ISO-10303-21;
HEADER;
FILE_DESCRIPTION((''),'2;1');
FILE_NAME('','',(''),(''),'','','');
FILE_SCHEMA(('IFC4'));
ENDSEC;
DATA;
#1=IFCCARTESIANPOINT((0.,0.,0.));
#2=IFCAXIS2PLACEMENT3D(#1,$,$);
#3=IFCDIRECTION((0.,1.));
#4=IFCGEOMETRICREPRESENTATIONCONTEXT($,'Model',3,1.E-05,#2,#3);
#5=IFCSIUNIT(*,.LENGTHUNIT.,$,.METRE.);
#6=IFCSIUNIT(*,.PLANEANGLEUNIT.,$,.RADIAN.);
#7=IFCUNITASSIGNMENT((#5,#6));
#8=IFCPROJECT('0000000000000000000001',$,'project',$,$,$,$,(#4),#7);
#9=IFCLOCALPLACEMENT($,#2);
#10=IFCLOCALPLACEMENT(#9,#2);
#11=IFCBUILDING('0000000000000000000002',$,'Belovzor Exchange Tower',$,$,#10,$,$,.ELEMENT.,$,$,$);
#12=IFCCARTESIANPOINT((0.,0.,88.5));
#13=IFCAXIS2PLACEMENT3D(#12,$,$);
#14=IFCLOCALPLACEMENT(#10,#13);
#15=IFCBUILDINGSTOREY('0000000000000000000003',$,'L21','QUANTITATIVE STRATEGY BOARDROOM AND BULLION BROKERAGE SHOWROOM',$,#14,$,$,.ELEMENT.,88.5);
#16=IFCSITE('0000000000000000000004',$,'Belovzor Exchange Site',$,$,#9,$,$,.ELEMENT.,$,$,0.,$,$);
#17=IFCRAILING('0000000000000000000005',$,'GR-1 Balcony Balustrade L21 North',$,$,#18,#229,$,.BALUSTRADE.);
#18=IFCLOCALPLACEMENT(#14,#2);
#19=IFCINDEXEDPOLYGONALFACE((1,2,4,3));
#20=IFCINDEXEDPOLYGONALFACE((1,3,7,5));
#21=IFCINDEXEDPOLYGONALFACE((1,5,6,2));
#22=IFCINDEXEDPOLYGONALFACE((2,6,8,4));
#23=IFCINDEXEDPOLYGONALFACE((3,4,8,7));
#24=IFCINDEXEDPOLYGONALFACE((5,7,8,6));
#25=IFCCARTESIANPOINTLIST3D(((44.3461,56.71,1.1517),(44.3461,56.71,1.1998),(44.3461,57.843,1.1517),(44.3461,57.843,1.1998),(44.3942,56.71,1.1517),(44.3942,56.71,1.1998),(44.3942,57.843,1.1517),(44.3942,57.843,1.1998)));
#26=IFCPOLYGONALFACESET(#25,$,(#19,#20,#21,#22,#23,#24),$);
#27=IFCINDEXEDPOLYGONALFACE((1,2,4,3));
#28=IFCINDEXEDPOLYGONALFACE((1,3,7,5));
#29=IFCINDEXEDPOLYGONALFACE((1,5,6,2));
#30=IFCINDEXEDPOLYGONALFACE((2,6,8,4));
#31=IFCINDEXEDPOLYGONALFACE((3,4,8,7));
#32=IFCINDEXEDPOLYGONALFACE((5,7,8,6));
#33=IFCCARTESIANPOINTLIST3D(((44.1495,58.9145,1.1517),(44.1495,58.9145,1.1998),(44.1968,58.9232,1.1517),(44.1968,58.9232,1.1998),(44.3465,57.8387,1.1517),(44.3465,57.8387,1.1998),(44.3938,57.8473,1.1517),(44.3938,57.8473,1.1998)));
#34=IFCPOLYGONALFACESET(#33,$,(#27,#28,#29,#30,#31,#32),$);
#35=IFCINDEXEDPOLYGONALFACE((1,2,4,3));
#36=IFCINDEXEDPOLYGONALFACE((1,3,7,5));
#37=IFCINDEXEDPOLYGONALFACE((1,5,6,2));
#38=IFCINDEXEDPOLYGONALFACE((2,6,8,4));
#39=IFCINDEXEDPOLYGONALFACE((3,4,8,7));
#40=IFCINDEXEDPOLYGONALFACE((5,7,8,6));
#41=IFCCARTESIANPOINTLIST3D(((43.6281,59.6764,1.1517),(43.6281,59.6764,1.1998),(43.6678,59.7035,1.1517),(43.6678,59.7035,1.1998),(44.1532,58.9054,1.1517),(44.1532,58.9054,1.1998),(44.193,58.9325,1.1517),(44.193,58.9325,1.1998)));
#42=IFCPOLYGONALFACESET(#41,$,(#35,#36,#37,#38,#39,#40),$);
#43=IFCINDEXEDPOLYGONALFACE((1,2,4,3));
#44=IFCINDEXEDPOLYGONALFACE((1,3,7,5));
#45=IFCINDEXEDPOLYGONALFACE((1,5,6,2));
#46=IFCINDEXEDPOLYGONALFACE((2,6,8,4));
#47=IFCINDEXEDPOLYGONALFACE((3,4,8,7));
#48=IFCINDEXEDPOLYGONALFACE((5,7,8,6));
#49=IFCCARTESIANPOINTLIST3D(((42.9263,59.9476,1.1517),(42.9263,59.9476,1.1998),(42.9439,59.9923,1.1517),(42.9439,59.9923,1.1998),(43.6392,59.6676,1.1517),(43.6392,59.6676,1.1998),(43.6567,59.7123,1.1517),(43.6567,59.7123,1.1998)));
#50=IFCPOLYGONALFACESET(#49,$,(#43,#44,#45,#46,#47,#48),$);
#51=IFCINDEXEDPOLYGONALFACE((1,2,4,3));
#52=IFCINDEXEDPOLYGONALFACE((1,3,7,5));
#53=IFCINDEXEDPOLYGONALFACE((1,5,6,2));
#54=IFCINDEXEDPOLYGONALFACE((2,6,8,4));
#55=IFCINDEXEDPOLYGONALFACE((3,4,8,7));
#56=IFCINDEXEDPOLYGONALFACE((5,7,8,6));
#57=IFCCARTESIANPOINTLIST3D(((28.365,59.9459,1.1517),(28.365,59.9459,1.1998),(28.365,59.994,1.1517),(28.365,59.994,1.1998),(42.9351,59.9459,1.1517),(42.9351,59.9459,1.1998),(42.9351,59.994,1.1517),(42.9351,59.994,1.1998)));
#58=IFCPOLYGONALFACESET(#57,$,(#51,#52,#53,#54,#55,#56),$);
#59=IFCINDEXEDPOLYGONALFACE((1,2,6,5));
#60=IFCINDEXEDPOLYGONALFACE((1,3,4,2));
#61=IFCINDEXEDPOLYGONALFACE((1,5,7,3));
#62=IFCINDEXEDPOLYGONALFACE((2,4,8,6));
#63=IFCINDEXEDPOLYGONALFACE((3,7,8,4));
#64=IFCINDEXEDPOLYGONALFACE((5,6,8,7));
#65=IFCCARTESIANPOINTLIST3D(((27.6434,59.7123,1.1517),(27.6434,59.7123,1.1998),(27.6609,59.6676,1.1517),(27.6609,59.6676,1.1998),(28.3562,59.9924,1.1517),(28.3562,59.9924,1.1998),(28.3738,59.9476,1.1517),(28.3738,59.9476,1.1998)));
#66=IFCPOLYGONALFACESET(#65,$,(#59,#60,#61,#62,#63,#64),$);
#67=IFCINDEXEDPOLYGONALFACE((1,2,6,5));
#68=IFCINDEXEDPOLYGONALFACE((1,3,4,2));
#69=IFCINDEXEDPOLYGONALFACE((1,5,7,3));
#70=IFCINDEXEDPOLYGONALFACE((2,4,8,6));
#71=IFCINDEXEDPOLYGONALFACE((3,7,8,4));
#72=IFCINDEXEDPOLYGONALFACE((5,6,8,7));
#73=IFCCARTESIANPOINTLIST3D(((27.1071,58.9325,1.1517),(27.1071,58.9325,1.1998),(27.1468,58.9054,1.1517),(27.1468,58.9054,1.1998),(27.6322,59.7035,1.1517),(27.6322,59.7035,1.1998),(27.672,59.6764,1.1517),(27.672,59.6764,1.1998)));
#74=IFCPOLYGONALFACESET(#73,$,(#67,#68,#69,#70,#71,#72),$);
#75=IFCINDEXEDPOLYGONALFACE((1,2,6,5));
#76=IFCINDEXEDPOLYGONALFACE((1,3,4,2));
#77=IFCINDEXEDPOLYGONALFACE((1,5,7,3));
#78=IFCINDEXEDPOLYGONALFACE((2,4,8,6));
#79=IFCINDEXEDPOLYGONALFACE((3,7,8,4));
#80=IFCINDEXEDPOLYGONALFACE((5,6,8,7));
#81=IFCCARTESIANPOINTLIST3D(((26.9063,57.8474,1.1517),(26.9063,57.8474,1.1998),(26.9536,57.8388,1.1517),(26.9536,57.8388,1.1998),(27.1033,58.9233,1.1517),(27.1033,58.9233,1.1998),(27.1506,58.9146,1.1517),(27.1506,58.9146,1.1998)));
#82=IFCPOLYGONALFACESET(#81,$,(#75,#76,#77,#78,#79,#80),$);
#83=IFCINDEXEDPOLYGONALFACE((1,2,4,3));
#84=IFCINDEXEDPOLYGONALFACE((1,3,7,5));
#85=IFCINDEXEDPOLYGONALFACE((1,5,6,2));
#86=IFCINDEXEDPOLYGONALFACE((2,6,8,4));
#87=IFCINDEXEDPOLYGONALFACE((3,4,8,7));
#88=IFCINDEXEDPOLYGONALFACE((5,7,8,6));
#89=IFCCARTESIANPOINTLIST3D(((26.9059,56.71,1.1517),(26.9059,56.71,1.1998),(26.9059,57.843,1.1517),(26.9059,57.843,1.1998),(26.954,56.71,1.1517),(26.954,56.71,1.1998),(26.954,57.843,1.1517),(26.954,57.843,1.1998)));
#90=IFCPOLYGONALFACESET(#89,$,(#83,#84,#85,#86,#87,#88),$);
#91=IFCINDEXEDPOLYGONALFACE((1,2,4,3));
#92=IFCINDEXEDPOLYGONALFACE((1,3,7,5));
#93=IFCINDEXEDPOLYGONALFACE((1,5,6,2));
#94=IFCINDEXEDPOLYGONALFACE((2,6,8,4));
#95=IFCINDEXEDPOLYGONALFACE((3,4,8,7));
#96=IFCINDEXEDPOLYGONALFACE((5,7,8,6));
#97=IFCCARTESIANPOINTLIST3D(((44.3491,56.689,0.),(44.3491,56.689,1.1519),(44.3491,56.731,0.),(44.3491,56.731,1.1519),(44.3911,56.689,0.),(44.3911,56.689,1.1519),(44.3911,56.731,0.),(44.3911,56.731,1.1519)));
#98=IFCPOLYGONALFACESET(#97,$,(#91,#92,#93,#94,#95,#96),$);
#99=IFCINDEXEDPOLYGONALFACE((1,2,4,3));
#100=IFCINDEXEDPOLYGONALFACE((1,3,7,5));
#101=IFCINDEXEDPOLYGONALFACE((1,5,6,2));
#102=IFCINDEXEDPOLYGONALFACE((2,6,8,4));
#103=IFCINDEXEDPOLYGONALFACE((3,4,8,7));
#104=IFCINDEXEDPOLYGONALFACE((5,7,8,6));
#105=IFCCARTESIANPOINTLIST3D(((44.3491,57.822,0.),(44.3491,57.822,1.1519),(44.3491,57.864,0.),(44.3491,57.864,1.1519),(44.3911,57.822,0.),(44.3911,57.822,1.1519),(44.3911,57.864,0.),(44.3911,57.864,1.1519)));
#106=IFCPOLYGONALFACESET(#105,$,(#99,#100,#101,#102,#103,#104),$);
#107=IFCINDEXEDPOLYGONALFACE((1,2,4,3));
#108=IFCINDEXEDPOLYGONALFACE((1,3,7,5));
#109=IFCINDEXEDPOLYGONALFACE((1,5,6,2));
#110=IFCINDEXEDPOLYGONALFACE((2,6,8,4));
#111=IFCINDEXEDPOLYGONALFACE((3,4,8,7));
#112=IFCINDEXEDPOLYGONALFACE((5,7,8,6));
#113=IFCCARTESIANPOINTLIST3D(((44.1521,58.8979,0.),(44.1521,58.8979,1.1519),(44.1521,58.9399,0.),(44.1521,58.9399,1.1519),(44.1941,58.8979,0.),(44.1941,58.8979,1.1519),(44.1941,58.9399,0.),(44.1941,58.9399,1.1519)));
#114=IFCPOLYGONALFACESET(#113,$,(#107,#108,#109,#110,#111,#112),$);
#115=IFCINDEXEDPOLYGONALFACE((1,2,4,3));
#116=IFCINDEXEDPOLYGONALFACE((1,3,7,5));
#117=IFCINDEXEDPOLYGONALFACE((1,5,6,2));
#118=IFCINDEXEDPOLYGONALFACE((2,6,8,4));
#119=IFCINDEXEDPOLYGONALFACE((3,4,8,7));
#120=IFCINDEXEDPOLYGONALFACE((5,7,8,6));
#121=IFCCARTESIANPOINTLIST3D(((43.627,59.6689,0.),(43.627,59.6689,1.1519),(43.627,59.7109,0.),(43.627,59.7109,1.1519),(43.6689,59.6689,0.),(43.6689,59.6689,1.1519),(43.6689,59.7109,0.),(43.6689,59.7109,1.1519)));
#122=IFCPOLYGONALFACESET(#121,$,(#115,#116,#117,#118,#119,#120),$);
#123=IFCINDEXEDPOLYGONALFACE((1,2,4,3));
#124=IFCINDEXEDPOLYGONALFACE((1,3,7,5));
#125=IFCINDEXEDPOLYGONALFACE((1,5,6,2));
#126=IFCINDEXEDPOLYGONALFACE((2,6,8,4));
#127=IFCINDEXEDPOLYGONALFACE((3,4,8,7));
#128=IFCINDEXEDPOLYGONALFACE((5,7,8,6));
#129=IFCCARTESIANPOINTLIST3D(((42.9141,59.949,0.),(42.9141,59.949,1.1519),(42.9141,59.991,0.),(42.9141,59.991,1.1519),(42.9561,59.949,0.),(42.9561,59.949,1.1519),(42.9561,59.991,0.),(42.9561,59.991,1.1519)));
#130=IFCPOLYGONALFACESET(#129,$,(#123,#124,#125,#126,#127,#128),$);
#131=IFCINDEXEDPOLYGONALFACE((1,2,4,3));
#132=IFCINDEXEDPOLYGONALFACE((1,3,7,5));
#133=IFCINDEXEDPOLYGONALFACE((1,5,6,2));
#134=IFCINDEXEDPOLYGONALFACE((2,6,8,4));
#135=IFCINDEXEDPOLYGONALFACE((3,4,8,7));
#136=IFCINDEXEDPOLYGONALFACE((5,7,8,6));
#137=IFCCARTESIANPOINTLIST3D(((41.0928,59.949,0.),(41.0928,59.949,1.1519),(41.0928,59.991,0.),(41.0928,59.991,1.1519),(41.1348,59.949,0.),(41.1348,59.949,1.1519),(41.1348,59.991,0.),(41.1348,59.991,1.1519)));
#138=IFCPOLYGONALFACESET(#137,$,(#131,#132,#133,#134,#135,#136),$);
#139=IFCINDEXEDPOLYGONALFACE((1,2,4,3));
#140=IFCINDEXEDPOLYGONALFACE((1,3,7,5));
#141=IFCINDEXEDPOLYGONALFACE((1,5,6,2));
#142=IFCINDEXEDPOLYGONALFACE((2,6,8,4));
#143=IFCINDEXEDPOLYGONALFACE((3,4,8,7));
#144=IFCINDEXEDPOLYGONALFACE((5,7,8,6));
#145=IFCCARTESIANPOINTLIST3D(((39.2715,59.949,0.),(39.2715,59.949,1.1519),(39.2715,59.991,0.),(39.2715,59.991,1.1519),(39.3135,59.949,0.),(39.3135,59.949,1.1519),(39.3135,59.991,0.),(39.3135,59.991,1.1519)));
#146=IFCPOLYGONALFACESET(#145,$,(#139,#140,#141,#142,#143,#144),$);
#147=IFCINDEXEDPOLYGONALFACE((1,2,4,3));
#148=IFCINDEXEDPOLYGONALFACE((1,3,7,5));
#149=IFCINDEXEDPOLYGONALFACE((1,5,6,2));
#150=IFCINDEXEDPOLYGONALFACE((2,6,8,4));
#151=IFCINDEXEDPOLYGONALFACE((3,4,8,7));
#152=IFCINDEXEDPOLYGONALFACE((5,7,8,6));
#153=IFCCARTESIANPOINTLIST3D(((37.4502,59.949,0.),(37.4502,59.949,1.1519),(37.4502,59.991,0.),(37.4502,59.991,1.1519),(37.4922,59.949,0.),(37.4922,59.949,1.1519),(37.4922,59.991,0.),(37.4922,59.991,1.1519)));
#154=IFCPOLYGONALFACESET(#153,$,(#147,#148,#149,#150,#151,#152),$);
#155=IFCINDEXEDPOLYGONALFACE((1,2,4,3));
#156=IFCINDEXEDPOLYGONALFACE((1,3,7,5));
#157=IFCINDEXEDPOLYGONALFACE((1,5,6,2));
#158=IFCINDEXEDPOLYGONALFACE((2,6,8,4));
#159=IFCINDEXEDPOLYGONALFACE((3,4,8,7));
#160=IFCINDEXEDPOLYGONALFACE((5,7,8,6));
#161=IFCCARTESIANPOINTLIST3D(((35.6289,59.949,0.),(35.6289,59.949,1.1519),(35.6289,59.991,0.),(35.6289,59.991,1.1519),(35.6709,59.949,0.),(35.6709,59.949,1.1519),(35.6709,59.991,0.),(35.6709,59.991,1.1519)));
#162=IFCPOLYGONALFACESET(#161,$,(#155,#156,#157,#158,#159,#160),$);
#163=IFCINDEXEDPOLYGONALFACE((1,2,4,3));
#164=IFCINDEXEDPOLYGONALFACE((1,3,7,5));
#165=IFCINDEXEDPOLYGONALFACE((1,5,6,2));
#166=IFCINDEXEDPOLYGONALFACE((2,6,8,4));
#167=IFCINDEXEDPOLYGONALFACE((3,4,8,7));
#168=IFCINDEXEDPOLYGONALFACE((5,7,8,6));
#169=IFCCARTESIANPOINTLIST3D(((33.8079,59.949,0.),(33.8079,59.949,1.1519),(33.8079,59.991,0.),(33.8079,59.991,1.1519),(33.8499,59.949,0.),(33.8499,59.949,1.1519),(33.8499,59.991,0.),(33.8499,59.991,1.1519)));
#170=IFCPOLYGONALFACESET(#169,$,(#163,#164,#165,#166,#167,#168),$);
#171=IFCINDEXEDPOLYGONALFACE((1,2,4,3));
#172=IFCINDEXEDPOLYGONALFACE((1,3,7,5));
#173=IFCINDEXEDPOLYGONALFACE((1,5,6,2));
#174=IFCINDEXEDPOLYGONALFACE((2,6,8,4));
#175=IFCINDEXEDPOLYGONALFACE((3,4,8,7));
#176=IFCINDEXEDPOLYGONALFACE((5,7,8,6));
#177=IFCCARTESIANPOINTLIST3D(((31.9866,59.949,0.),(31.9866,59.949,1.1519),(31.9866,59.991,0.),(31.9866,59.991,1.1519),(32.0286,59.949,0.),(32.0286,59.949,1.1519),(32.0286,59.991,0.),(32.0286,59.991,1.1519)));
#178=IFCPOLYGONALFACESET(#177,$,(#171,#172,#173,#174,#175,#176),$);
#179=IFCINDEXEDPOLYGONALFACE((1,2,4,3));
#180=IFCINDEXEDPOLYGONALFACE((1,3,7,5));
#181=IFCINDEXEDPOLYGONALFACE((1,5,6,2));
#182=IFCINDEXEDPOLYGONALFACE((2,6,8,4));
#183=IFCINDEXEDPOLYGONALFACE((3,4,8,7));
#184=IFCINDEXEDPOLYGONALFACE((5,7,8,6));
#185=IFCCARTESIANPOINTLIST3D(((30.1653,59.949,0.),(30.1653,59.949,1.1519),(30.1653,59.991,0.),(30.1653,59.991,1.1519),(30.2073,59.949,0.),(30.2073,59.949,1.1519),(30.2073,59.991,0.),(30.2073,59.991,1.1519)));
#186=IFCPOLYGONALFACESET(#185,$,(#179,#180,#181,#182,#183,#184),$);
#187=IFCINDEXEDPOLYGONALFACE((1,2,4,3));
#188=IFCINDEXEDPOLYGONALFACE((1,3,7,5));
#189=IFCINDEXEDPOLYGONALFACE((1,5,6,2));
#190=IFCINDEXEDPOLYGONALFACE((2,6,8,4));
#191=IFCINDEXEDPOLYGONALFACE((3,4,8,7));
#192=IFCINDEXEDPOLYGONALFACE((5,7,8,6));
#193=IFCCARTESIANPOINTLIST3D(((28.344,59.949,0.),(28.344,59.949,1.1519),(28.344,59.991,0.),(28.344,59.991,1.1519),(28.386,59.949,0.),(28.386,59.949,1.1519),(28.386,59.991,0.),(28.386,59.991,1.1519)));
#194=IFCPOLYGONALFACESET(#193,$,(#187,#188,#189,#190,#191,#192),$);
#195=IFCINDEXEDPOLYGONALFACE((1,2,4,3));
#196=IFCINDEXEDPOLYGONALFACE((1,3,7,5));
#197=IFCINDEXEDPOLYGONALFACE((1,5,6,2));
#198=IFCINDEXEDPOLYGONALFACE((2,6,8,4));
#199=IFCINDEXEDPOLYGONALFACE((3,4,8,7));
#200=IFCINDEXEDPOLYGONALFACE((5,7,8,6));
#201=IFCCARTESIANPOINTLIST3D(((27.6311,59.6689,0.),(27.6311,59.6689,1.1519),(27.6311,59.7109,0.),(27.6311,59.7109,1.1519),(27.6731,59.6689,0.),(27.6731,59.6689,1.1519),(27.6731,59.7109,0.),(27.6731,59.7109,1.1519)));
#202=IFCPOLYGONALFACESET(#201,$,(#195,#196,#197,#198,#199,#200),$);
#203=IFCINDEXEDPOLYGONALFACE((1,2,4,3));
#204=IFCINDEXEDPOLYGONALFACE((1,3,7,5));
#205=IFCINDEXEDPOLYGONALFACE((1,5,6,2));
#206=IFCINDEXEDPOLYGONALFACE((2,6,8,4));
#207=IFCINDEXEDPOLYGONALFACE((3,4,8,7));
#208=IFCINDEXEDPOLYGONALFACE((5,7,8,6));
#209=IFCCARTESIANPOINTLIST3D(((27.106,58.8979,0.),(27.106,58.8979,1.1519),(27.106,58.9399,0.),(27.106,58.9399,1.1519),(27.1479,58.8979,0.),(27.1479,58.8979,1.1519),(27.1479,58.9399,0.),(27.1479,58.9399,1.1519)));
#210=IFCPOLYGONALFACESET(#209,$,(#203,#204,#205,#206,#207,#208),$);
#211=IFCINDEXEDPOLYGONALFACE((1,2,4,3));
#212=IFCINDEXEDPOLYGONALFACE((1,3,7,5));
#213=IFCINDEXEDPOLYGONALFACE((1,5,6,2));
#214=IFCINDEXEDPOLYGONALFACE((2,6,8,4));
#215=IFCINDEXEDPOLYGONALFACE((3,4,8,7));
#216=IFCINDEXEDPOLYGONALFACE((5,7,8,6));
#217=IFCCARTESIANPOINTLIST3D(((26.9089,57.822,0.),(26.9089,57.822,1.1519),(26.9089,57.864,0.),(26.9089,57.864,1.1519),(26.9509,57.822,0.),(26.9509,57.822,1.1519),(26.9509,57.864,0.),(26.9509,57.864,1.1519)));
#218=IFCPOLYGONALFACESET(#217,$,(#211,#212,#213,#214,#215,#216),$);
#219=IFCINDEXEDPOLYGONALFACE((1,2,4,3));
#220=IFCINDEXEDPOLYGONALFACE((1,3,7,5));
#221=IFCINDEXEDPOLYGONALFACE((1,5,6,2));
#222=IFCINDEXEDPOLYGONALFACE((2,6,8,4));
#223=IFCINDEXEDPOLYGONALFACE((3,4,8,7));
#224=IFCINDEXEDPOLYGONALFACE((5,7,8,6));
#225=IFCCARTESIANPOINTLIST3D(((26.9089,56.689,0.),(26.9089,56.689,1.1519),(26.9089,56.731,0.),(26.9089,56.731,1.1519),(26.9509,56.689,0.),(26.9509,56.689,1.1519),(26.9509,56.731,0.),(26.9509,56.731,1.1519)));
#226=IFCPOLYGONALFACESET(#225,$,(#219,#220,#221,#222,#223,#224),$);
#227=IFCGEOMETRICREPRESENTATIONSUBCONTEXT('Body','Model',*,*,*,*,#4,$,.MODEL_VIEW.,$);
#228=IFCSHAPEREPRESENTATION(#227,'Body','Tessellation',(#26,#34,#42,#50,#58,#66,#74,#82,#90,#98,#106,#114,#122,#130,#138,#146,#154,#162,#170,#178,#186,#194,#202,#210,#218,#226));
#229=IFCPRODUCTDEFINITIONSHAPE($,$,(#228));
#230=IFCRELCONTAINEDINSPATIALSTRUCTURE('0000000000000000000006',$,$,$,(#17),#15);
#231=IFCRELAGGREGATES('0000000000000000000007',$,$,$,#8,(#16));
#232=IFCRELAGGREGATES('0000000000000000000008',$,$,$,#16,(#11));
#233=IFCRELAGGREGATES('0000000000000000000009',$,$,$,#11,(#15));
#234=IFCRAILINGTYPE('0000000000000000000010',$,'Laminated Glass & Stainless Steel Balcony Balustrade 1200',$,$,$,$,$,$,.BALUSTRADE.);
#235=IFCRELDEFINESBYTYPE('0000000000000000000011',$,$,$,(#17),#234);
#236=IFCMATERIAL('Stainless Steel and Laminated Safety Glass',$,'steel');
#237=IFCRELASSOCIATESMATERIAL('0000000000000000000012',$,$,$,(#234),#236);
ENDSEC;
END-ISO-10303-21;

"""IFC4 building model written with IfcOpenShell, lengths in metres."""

from ifc_helpers import new_model, si_unit, direction, frame, origin, origin_2d, place, context, subcontext, project, spatial, rectangle, extrude, material, type_object, element, save


model = new_model("IFC4")

# Units and contexts
model_context = context("Model", 3, precision=1e-05, world=origin(), true_north=direction((0.0, 1.0)))
body_context = subcontext(model_context, "Body", "Model", "MODEL_VIEW")
ifc_project = project(units=[si_unit("LENGTHUNIT", "METRE"), si_unit("PLANEANGLEUNIT", "RADIAN")], contexts=[model_context])

# Site, building, storey
site_placement = place(None, origin())
site = spatial("IfcSite", under=ifc_project, at=site_placement, Name="Belovzor Exchange Site", CompositionType="ELEMENT", RefElevation=0.0)
building_placement = place(site_placement, origin())
building = spatial("IfcBuilding", under=site, at=building_placement, Name="Belovzor Exchange Tower", CompositionType="ELEMENT")
storey_placement = place(building_placement, frame((0.0, 0.0, 88.5)))
storey = spatial("IfcBuildingStorey", under=building, at=storey_placement, Name="L21", Description="QUANTITATIVE STRATEGY BOARDROOM AND BULLION BROKERAGE SHOWROOM", CompositionType="ELEMENT", Elevation=88.5)

# Railing
ifc_material_1 = material(Name="Stainless Steel and Laminated Safety Glass", Category="steel")
railing_type = type_object("IfcRailingType", Name="Laminated Glass & Stainless Steel Balcony Balustrade 1200", PredefinedType="BALUSTRADE", material=ifc_material_1)
railing_placement = place(storey_placement, frame((44.3701, 56.71, 0.0)))
element("IfcRailing", 1, at=railing_placement, inside=storey, type_object=railing_type, Name="GR-1 Balcony Balustrade L21 North", PredefinedType="BALUSTRADE", context=body_context, shape_type="SweptSolid", body=[
    extrude(rectangle(XDim=0.0481, YDim=0.0481, at=origin_2d()), frame((0.0, 0.0, 1.1758), z_axis=(0.0, 1.0, 0.0), x_axis=(-1.0, 0.0, 0.0)), (0.0, 0.0, 1.0), 1.1331),
    extrude(rectangle(XDim=0.0481, YDim=0.0481, at=origin_2d()), frame((0.0, 1.1331, 1.1758), z_axis=(-0.180123, 0.983644, 0.0), x_axis=(-0.983644, -0.180123, 0.0)), (0.0, 0.0, 1.0), 1.0938),
    extrude(rectangle(XDim=0.0481, YDim=0.0481, at=origin_2d()), frame((-0.197, 2.209, 1.1758), z_axis=(-0.562947, 0.826493, 0.0), x_axis=(-0.826493, -0.562947, 0.0)), (0.0, 0.0, 1.0), 0.9329),
    extrude(rectangle(XDim=0.0481, YDim=0.0481, at=origin_2d()), frame((-0.7222, 2.98, 1.1758), z_axis=(-0.930767, 0.365613, 0.0), x_axis=(-0.365613, -0.930767, 0.0)), (0.0, 0.0, 1.0), 0.7659),
    extrude(rectangle(XDim=0.0481, YDim=0.0481, at=origin_2d()), frame((-1.4351, 3.26, 1.1758), z_axis=(-1.0, 0.0, 0.0), x_axis=(0.0, -1.0, 0.0)), (0.0, 0.0, 1.0), 14.5701),
    extrude(rectangle(XDim=0.0481, YDim=0.0481, at=origin_2d()), frame((-16.0051, 3.26, 1.1758), z_axis=(-0.930767, -0.365613, 0.0), x_axis=(0.365613, -0.930767, 0.0)), (0.0, 0.0, 1.0), 0.7659),
    extrude(rectangle(XDim=0.0481, YDim=0.0481, at=origin_2d()), frame((-16.718, 2.98, 1.1758), z_axis=(-0.562947, -0.826493, 0.0), x_axis=(0.826493, -0.562947, 0.0)), (0.0, 0.0, 1.0), 0.9329),
    extrude(rectangle(XDim=0.0481, YDim=0.0481, at=origin_2d()), frame((-17.2432, 2.209, 1.1758), z_axis=(-0.180123, -0.983644, 0.0), x_axis=(0.983644, -0.180123, 0.0)), (0.0, 0.0, 1.0), 1.0938),
    extrude(rectangle(XDim=0.0481, YDim=0.0481, at=origin_2d()), frame((-17.4402, 1.1331, 1.1758), z_axis=(0.0, -1.0, 0.0), x_axis=(1.0, 0.0, 0.0)), (0.0, 0.0, 1.0), 1.1331),
    extrude(rectangle(XDim=0.042, YDim=0.042, at=origin_2d()), origin(), (0.0, 0.0, 1.0), 1.1519),
    extrude(rectangle(XDim=0.042, YDim=0.042, at=origin_2d()), frame((0.0, 1.1331, 0.0)), (0.0, 0.0, 1.0), 1.1519),
    extrude(rectangle(XDim=0.042, YDim=0.042, at=origin_2d()), frame((-0.197, 2.209, 0.0)), (0.0, 0.0, 1.0), 1.1519),
    extrude(rectangle(XDim=0.042, YDim=0.042, at=origin_2d()), frame((-0.7222, 2.98, 0.0)), (0.0, 0.0, 1.0), 1.1519),
    extrude(rectangle(XDim=0.042, YDim=0.042, at=origin_2d()), frame((-1.4351, 3.26, 0.0)), (0.0, 0.0, 1.0), 1.1519),
    extrude(rectangle(XDim=0.042, YDim=0.042, at=origin_2d()), frame((-3.2563, 3.26, 0.0)), (0.0, 0.0, 1.0), 1.1519),
    extrude(rectangle(XDim=0.042, YDim=0.042, at=origin_2d()), frame((-5.0776, 3.26, 0.0)), (0.0, 0.0, 1.0), 1.1519),
    extrude(rectangle(XDim=0.042, YDim=0.042, at=origin_2d()), frame((-6.8989, 3.26, 0.0)), (0.0, 0.0, 1.0), 1.1519),
    extrude(rectangle(XDim=0.042, YDim=0.042, at=origin_2d()), frame((-8.7202, 3.26, 0.0)), (0.0, 0.0, 1.0), 1.1519),
    extrude(rectangle(XDim=0.042, YDim=0.042, at=origin_2d()), frame((-10.5413, 3.26, 0.0)), (0.0, 0.0, 1.0), 1.1519),
    extrude(rectangle(XDim=0.042, YDim=0.042, at=origin_2d()), frame((-12.3625, 3.26, 0.0)), (0.0, 0.0, 1.0), 1.1519),
    extrude(rectangle(XDim=0.042, YDim=0.042, at=origin_2d()), frame((-14.1838, 3.26, 0.0)), (0.0, 0.0, 1.0), 1.1519),
    extrude(rectangle(XDim=0.042, YDim=0.042, at=origin_2d()), frame((-16.0051, 3.26, 0.0)), (0.0, 0.0, 1.0), 1.1519),
    extrude(rectangle(XDim=0.042, YDim=0.042, at=origin_2d()), frame((-16.718, 2.98, 0.0)), (0.0, 0.0, 1.0), 1.1519),
    extrude(rectangle(XDim=0.042, YDim=0.042, at=origin_2d()), frame((-17.2432, 2.209, 0.0)), (0.0, 0.0, 1.0), 1.1519),
    extrude(rectangle(XDim=0.042, YDim=0.042, at=origin_2d()), frame((-17.4402, 1.1331, 0.0)), (0.0, 0.0, 1.0), 1.1519),
    extrude(rectangle(XDim=0.042, YDim=0.042, at=origin_2d()), frame((-17.4402, 0.0, 0.0)), (0.0, 0.0, 1.0), 1.1519),
])

save(model, "model.ifc")
